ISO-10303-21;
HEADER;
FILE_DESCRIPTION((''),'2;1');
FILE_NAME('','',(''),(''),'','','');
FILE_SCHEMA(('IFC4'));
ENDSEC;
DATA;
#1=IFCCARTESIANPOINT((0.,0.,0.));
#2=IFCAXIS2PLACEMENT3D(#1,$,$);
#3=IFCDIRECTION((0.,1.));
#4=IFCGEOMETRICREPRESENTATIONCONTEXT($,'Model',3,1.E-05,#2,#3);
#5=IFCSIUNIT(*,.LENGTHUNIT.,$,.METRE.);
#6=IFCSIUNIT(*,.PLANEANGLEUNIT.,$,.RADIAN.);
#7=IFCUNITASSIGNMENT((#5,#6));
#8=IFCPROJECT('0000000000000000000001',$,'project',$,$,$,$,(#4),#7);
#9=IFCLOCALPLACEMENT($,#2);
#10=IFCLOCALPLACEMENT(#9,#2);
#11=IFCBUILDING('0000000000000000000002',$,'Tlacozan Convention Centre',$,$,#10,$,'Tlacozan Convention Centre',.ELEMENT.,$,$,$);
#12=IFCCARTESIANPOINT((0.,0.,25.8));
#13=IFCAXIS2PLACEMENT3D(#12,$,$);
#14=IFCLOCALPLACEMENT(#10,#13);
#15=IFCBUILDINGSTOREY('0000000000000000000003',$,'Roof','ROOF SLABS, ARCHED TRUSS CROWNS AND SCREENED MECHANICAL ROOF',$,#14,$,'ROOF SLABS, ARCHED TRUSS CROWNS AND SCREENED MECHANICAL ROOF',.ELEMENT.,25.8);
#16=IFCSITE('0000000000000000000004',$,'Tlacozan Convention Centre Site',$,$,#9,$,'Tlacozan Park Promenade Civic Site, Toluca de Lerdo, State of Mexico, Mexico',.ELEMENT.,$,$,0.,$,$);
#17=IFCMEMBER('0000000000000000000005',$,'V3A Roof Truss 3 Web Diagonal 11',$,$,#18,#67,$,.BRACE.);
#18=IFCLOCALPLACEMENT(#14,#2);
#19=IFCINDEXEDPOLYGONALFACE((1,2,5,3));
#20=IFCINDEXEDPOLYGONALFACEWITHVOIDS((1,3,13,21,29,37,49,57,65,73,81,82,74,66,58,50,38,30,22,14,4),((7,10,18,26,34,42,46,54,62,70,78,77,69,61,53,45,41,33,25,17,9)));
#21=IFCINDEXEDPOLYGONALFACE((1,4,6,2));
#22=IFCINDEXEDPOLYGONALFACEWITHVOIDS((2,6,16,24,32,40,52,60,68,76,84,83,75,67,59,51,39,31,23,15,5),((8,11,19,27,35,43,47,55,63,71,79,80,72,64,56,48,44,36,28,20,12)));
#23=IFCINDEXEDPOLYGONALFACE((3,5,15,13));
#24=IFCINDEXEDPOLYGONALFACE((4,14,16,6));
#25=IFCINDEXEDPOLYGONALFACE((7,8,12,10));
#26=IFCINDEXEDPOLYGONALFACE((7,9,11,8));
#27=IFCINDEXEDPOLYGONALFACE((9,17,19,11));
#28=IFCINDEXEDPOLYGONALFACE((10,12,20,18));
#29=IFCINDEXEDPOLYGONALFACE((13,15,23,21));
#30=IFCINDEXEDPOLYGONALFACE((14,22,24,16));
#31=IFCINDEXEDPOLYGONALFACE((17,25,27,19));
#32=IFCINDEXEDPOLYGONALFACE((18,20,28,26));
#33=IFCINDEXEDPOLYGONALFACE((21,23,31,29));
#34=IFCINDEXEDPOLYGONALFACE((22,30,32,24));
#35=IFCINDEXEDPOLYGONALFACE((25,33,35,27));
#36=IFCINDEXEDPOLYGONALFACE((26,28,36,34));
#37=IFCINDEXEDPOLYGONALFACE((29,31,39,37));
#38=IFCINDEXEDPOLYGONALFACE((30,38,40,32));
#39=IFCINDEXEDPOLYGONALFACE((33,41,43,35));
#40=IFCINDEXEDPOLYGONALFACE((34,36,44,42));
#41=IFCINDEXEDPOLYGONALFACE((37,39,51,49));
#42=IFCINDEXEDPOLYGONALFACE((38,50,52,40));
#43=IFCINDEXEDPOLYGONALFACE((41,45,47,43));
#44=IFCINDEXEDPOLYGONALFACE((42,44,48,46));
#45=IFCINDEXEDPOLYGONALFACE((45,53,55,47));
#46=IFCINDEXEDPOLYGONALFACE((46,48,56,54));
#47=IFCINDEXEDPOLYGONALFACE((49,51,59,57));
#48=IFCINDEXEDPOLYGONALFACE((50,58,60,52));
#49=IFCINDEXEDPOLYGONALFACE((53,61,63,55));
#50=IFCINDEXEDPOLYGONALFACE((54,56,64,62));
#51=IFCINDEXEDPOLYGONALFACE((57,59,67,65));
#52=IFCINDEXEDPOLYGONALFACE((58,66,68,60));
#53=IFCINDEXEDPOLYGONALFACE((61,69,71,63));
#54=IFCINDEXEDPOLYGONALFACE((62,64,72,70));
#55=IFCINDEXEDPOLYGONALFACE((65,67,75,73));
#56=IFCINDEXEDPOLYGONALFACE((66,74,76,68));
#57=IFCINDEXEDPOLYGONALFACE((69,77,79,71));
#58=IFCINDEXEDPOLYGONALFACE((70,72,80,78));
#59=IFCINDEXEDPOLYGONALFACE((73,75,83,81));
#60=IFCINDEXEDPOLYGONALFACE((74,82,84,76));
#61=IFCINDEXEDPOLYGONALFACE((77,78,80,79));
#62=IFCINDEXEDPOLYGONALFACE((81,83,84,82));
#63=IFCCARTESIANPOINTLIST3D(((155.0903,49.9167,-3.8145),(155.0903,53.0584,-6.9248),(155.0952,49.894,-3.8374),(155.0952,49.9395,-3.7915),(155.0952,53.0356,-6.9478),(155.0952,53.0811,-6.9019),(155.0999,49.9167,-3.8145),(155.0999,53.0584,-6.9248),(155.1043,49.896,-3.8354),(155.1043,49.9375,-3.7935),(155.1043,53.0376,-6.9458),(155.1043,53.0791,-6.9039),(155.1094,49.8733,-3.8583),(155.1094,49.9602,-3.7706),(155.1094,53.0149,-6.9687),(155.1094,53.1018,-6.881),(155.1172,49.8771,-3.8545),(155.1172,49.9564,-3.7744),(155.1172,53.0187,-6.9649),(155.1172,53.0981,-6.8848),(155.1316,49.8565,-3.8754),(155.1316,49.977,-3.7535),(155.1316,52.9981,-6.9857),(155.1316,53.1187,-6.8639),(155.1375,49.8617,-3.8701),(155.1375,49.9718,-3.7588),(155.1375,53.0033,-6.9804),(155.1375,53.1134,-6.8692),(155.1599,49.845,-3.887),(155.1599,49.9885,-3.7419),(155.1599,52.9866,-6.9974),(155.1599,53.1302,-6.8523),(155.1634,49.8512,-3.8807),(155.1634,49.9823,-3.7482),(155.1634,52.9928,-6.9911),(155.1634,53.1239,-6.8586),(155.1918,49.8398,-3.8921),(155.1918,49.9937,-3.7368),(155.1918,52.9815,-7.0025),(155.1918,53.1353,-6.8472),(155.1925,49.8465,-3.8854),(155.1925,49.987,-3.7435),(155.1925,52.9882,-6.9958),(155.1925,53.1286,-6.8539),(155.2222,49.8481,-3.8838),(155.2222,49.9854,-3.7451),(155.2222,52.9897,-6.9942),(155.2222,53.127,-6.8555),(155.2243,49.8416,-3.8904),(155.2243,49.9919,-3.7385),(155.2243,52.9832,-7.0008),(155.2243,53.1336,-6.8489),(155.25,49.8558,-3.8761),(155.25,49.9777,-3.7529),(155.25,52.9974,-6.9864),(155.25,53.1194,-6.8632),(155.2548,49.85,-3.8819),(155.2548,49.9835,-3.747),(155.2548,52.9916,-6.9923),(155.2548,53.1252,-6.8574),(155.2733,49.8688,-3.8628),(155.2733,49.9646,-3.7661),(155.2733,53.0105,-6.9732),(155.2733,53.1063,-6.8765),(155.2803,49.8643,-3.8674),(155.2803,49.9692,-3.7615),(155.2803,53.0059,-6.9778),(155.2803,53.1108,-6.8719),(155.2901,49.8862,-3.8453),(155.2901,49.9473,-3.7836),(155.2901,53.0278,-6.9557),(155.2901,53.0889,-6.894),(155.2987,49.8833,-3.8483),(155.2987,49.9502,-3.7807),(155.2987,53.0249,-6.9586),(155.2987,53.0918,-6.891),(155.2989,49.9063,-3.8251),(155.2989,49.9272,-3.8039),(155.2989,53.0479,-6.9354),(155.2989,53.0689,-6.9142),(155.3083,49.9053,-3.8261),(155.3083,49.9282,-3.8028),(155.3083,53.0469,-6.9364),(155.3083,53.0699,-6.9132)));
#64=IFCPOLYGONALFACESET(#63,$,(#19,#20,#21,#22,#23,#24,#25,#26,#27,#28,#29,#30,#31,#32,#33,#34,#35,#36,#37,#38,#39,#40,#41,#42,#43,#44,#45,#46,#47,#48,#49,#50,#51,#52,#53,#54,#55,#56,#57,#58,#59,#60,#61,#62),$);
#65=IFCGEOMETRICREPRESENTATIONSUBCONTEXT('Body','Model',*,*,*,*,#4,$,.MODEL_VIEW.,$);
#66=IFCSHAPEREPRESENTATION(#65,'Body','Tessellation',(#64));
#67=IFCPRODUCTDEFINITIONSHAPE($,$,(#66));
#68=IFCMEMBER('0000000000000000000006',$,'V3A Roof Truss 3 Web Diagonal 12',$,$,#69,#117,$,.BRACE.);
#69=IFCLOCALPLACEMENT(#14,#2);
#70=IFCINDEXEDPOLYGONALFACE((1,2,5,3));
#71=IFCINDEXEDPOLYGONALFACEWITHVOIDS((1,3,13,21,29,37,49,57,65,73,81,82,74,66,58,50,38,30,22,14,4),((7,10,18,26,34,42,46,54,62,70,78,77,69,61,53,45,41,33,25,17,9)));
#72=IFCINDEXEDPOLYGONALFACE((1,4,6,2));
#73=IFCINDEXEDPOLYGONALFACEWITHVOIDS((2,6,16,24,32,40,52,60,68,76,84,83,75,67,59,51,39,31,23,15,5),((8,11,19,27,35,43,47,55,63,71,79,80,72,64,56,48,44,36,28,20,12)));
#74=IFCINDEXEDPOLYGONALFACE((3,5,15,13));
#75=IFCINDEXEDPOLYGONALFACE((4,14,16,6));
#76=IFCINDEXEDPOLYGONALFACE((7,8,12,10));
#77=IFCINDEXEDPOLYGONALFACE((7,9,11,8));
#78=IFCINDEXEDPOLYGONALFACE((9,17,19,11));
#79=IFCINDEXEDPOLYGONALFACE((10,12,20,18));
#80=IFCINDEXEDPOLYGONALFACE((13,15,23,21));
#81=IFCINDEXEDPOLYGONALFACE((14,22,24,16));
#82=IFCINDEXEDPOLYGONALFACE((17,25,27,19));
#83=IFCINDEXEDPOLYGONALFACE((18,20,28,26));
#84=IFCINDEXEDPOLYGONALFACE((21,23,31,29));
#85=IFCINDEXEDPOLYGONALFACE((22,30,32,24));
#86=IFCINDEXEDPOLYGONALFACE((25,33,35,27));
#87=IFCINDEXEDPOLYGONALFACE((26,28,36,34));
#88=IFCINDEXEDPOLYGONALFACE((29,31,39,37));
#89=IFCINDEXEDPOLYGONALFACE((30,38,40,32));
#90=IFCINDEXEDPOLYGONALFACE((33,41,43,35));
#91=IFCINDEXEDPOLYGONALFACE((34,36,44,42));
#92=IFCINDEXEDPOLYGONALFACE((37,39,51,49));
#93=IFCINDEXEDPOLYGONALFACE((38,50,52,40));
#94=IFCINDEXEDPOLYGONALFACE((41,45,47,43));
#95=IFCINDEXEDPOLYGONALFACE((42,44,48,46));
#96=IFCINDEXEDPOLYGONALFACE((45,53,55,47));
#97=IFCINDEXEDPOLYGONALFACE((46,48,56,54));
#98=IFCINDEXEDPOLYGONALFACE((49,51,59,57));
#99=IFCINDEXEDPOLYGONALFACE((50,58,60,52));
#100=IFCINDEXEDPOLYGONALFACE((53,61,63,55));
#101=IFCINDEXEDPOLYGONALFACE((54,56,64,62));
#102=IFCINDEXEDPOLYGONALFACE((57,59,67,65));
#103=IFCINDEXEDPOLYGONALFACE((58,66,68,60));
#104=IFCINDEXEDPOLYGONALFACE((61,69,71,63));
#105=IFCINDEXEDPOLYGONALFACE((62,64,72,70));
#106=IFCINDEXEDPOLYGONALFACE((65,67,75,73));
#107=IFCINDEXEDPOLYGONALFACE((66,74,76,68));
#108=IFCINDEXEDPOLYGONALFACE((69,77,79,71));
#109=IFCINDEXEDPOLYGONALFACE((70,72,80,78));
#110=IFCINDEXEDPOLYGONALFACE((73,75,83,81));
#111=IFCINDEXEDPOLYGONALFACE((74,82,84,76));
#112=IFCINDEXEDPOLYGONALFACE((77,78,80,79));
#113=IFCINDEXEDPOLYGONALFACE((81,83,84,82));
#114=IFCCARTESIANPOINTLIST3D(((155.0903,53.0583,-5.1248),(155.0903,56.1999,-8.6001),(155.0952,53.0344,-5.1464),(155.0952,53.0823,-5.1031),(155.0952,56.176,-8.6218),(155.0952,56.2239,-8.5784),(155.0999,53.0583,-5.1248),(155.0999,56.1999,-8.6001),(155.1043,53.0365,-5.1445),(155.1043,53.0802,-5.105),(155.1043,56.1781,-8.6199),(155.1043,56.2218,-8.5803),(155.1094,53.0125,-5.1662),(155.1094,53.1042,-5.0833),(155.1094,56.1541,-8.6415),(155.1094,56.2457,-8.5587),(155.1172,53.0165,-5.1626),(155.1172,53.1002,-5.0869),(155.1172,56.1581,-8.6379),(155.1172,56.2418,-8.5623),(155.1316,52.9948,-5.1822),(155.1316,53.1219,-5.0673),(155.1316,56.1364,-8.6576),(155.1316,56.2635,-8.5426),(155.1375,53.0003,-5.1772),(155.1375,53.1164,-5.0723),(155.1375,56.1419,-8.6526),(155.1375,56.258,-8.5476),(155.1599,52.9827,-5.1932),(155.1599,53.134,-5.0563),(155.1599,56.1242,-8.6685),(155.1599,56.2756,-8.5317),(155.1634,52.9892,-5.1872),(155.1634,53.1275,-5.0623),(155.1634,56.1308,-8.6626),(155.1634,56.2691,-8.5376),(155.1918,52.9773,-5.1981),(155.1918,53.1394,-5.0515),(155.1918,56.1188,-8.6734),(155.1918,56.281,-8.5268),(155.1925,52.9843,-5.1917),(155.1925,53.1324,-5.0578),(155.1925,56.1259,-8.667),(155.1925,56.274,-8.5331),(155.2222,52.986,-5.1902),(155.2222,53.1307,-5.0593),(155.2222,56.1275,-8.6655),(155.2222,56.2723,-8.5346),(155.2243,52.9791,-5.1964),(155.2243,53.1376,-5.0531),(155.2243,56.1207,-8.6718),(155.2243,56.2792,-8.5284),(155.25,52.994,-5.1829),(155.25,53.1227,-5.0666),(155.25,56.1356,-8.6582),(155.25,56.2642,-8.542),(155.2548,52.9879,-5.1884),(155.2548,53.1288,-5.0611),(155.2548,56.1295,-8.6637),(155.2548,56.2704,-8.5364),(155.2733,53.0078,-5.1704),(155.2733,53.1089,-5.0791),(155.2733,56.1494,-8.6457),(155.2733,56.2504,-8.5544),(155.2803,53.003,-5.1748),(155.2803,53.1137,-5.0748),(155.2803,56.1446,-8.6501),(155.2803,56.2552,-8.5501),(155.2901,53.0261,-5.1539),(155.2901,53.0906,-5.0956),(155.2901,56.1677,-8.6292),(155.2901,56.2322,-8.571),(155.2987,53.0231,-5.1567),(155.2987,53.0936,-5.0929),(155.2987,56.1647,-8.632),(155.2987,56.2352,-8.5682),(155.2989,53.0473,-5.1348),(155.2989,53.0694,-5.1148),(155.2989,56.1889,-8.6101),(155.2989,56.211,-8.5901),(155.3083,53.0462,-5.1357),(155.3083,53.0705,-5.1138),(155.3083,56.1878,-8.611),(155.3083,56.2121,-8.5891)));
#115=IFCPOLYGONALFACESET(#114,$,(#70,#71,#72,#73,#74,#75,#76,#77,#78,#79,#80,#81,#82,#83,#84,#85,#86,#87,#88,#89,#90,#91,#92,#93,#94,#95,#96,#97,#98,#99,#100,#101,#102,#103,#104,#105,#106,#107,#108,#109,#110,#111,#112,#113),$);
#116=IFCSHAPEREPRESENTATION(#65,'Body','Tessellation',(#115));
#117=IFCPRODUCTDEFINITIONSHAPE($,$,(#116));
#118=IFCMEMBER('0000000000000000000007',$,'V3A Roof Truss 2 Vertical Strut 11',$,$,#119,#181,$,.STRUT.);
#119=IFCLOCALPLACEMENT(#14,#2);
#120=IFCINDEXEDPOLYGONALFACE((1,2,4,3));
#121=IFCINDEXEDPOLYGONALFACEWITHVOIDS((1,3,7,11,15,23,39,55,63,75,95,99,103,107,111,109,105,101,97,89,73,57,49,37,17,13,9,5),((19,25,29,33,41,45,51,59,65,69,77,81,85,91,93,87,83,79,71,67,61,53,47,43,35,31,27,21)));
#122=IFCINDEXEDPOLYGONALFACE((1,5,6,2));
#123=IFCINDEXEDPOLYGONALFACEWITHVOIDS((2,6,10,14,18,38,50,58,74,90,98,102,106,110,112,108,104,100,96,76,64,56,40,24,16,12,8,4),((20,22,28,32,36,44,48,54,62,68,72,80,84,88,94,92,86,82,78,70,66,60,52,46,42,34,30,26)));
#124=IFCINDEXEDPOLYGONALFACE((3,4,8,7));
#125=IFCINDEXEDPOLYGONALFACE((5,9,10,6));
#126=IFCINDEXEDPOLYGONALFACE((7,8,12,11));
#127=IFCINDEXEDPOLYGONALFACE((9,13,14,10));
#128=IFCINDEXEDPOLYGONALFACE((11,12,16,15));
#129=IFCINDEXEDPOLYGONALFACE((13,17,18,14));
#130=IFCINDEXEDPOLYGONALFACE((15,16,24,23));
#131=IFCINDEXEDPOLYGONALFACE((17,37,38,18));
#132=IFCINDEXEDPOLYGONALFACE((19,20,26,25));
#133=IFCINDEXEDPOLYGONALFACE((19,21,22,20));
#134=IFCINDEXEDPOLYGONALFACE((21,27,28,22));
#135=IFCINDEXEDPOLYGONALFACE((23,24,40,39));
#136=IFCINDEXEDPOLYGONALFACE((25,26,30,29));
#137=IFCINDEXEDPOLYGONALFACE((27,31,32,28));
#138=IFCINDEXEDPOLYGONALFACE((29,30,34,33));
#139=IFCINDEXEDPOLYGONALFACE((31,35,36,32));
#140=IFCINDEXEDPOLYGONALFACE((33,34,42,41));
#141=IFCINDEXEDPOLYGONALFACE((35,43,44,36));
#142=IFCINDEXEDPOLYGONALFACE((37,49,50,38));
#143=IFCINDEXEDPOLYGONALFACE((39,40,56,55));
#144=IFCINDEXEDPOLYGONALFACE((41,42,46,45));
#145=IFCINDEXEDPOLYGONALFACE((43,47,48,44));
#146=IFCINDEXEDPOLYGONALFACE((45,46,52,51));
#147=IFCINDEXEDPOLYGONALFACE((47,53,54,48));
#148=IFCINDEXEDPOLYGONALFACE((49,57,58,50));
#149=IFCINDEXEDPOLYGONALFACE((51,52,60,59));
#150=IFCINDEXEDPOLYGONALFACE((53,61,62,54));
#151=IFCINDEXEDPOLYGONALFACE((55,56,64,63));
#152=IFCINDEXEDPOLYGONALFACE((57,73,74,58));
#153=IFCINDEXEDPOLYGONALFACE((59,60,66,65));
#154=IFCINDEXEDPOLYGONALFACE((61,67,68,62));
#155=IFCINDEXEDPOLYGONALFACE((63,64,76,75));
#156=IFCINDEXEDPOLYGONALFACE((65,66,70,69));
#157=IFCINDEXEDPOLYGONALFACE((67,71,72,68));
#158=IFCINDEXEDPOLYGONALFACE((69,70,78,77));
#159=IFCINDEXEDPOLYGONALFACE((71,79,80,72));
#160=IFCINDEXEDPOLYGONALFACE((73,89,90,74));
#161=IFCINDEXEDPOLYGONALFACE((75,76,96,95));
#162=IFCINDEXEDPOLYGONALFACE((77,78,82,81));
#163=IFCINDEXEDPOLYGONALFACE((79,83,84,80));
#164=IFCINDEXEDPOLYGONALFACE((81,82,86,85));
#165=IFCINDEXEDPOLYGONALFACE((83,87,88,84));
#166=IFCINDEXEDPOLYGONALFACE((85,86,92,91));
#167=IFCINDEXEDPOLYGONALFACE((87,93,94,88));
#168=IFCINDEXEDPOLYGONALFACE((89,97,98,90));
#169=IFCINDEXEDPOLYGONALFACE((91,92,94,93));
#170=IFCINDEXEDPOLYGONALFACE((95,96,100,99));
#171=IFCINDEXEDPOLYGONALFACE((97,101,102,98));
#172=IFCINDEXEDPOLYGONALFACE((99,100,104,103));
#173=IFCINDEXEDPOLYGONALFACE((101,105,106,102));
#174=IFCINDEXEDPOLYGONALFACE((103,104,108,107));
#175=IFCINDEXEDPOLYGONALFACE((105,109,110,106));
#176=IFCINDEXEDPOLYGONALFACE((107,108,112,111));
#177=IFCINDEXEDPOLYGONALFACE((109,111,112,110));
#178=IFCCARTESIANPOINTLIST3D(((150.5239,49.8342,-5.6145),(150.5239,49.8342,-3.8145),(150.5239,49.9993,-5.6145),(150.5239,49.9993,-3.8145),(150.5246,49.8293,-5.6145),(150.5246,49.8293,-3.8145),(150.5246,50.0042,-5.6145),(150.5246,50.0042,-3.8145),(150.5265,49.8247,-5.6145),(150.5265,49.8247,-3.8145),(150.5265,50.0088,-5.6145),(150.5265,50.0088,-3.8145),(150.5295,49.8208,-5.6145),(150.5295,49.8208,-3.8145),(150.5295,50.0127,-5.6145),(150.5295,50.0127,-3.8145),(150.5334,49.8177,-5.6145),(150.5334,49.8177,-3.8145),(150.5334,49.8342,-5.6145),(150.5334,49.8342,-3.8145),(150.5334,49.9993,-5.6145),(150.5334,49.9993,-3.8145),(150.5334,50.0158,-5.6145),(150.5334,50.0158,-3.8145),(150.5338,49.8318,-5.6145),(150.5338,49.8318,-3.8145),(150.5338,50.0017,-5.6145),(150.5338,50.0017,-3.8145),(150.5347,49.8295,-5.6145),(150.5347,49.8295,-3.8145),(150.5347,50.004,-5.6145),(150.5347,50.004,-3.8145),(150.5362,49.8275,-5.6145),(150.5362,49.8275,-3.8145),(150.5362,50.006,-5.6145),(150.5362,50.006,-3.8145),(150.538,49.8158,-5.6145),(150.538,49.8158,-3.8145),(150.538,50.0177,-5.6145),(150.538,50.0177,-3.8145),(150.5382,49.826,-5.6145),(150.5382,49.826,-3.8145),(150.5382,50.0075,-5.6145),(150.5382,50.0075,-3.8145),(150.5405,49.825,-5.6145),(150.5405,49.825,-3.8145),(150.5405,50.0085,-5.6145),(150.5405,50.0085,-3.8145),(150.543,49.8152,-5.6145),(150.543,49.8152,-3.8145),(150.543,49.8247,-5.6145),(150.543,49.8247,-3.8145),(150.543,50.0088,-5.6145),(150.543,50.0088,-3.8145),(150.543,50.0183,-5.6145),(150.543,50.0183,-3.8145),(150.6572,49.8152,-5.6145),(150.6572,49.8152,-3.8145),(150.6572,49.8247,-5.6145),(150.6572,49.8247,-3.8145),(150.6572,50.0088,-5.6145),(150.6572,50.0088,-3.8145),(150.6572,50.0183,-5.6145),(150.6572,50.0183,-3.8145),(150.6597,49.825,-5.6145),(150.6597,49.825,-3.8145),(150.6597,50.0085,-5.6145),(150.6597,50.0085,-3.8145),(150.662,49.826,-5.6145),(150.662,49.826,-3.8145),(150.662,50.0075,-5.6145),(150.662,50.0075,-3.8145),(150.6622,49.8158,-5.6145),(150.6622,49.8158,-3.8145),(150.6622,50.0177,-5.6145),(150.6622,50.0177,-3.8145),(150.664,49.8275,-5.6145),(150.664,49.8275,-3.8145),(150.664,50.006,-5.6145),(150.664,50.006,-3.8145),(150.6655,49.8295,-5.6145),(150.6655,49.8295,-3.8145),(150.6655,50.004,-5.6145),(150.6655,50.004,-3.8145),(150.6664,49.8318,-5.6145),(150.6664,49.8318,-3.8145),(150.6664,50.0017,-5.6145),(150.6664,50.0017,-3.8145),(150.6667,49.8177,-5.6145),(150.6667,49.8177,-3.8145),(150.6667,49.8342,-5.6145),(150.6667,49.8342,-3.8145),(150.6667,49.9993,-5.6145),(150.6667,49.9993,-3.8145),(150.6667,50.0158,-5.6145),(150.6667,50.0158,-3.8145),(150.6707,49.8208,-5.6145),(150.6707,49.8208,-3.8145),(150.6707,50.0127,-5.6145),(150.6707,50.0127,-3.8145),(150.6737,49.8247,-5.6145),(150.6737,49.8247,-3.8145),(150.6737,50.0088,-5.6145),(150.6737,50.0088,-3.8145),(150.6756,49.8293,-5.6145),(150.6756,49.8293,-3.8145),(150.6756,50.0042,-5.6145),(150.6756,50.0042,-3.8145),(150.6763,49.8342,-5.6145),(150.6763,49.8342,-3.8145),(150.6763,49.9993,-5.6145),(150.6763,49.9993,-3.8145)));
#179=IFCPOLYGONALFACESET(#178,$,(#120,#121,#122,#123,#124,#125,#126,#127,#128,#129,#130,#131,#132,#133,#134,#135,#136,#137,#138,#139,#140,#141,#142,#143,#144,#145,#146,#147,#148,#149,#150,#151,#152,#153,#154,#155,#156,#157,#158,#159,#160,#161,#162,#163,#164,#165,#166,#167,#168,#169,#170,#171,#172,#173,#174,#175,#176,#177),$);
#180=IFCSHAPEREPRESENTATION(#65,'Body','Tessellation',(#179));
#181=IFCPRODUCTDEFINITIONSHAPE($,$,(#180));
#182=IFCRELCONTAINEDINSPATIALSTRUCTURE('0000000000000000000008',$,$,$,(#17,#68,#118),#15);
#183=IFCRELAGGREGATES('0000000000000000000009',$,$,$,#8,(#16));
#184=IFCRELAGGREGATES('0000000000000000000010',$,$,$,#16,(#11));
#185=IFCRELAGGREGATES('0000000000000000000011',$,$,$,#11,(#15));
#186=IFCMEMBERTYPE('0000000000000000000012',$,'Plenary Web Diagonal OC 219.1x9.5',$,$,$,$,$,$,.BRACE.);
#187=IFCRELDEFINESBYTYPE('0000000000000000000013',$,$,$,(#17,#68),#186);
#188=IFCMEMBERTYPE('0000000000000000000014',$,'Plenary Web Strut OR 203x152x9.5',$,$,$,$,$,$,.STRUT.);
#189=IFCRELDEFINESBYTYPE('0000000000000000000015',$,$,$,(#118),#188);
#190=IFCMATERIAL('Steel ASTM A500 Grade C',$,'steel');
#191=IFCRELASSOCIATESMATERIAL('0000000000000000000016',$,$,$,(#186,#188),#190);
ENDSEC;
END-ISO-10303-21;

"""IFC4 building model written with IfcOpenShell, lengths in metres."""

from ifc_helpers import new_model, si_unit, direction, frame, origin, origin_2d, place, context, subcontext, project, spatial, hollow_rectangle, hollow_circle, extrude, material, material_profile, profile_set, type_object, element, save


model = new_model("IFC4")

# Units and contexts
model_context = context("Model", 3, precision=1e-05, world=origin(), true_north=direction((0.0, 1.0)))
body_context = subcontext(model_context, "Body", "Model", "MODEL_VIEW")
ifc_project = project(units=[si_unit("LENGTHUNIT", "METRE"), si_unit("PLANEANGLEUNIT", "RADIAN")], contexts=[model_context])

# Site, building, storey
site_placement = place(None, origin())
site = spatial("IfcSite", under=ifc_project, at=site_placement, Name="Tlacozan Convention Centre Site", LongName="Tlacozan Park Promenade Civic Site, Toluca de Lerdo, State of Mexico, Mexico", CompositionType="ELEMENT", RefElevation=0.0)
building_placement = place(site_placement, origin())
building = spatial("IfcBuilding", under=site, at=building_placement, Name="Tlacozan Convention Centre", LongName="Tlacozan Convention Centre", CompositionType="ELEMENT")
storey_placement = place(building_placement, frame((0.0, 0.0, 25.8)))
storey = spatial("IfcBuildingStorey", under=building, at=storey_placement, Name="Roof", Description="ROOF SLABS, ARCHED TRUSS CROWNS AND SCREENED MECHANICAL ROOF", LongName="ROOF SLABS, ARCHED TRUSS CROWNS AND SCREENED MECHANICAL ROOF", CompositionType="ELEMENT", Elevation=25.8)

# Members
ifc_material_1 = material(Name="Steel ASTM A500 Grade C", Category="steel")
ifc_material_profile_1 = material_profile(ifc_material_1, hollow_circle(Radius=0.1096, WallThickness=0.0095, at=origin_2d()), Name="OC 219.1x9.5")
ifc_profile_set_1 = profile_set([ifc_material_profile_1], Name="Steel ASTM A500 Grade C")
member_type_1 = type_object("IfcMemberType", Name="Plenary Web Diagonal OC 219.1x9.5", PredefinedType="BRACE", material=ifc_profile_set_1)
member_1_placement = place(storey_placement, frame((155.2, 49.9167, -3.8145), z_axis=(0.0, 0.710632, -0.703564), x_axis=(-1.0, 0.0, 0.0)))
element("IfcMember", 1, at=member_1_placement, inside=storey, type_object=member_type_1, Name="V3A Roof Truss 3 Web Diagonal 11", PredefinedType="BRACE", context=body_context, shape_type="SweptSolid", body=[
    extrude(hollow_circle(Radius=0.1096, WallThickness=0.0095, at=origin_2d()), origin(), (0.0, 0.0, 1.0), 4.4209),
])
member_2_placement = place(storey_placement, frame((155.2, 53.0583, -5.1248), z_axis=(0.0, 0.67059, -0.741828), x_axis=(-1.0, 0.0, 0.0)))
element("IfcMember", 2, at=member_2_placement, inside=storey, type_object=member_type_1, Name="V3A Roof Truss 3 Web Diagonal 12", PredefinedType="BRACE", context=body_context, shape_type="SweptSolid", body=[
    extrude(hollow_circle(Radius=0.1096, WallThickness=0.0095, at=origin_2d()), origin(), (0.0, 0.0, 1.0), 4.6848),
])
ifc_material_profile_2 = material_profile(ifc_material_1, hollow_rectangle(XDim=0.1523, YDim=0.2031, WallThickness=0.0095, InnerFilletRadius=0.0095, OuterFilletRadius=0.019, at=origin_2d()), Name="OR 203x152x9.5")
ifc_profile_set_2 = profile_set([ifc_material_profile_2], Name="Steel ASTM A500 Grade C")
member_type_2 = type_object("IfcMemberType", Name="Plenary Web Strut OR 203x152x9.5", PredefinedType="STRUT", material=ifc_profile_set_2)
for number, where, z_axis, x_axis, name in (
    (3, (150.6001, 49.9167, -5.6145), (0.0, 0.0, 1.0), (1.0, 0.0, 0.0), "V3A Roof Truss 2 Vertical Strut 11"),
):
    element("IfcMember", number, at=place(storey_placement, frame(where, z_axis=z_axis, x_axis=x_axis)), inside=storey, type_object=member_type_2, Name=name, PredefinedType="STRUT", context=body_context, shape_type="SweptSolid", body=[
        extrude(hollow_rectangle(XDim=0.1523, YDim=0.2031, WallThickness=0.0095, InnerFilletRadius=0.0095, OuterFilletRadius=0.019, at=origin_2d()), origin(), (0.0, 0.0, 1.0), 1.8),
    ])

save(model, "model.ifc")
